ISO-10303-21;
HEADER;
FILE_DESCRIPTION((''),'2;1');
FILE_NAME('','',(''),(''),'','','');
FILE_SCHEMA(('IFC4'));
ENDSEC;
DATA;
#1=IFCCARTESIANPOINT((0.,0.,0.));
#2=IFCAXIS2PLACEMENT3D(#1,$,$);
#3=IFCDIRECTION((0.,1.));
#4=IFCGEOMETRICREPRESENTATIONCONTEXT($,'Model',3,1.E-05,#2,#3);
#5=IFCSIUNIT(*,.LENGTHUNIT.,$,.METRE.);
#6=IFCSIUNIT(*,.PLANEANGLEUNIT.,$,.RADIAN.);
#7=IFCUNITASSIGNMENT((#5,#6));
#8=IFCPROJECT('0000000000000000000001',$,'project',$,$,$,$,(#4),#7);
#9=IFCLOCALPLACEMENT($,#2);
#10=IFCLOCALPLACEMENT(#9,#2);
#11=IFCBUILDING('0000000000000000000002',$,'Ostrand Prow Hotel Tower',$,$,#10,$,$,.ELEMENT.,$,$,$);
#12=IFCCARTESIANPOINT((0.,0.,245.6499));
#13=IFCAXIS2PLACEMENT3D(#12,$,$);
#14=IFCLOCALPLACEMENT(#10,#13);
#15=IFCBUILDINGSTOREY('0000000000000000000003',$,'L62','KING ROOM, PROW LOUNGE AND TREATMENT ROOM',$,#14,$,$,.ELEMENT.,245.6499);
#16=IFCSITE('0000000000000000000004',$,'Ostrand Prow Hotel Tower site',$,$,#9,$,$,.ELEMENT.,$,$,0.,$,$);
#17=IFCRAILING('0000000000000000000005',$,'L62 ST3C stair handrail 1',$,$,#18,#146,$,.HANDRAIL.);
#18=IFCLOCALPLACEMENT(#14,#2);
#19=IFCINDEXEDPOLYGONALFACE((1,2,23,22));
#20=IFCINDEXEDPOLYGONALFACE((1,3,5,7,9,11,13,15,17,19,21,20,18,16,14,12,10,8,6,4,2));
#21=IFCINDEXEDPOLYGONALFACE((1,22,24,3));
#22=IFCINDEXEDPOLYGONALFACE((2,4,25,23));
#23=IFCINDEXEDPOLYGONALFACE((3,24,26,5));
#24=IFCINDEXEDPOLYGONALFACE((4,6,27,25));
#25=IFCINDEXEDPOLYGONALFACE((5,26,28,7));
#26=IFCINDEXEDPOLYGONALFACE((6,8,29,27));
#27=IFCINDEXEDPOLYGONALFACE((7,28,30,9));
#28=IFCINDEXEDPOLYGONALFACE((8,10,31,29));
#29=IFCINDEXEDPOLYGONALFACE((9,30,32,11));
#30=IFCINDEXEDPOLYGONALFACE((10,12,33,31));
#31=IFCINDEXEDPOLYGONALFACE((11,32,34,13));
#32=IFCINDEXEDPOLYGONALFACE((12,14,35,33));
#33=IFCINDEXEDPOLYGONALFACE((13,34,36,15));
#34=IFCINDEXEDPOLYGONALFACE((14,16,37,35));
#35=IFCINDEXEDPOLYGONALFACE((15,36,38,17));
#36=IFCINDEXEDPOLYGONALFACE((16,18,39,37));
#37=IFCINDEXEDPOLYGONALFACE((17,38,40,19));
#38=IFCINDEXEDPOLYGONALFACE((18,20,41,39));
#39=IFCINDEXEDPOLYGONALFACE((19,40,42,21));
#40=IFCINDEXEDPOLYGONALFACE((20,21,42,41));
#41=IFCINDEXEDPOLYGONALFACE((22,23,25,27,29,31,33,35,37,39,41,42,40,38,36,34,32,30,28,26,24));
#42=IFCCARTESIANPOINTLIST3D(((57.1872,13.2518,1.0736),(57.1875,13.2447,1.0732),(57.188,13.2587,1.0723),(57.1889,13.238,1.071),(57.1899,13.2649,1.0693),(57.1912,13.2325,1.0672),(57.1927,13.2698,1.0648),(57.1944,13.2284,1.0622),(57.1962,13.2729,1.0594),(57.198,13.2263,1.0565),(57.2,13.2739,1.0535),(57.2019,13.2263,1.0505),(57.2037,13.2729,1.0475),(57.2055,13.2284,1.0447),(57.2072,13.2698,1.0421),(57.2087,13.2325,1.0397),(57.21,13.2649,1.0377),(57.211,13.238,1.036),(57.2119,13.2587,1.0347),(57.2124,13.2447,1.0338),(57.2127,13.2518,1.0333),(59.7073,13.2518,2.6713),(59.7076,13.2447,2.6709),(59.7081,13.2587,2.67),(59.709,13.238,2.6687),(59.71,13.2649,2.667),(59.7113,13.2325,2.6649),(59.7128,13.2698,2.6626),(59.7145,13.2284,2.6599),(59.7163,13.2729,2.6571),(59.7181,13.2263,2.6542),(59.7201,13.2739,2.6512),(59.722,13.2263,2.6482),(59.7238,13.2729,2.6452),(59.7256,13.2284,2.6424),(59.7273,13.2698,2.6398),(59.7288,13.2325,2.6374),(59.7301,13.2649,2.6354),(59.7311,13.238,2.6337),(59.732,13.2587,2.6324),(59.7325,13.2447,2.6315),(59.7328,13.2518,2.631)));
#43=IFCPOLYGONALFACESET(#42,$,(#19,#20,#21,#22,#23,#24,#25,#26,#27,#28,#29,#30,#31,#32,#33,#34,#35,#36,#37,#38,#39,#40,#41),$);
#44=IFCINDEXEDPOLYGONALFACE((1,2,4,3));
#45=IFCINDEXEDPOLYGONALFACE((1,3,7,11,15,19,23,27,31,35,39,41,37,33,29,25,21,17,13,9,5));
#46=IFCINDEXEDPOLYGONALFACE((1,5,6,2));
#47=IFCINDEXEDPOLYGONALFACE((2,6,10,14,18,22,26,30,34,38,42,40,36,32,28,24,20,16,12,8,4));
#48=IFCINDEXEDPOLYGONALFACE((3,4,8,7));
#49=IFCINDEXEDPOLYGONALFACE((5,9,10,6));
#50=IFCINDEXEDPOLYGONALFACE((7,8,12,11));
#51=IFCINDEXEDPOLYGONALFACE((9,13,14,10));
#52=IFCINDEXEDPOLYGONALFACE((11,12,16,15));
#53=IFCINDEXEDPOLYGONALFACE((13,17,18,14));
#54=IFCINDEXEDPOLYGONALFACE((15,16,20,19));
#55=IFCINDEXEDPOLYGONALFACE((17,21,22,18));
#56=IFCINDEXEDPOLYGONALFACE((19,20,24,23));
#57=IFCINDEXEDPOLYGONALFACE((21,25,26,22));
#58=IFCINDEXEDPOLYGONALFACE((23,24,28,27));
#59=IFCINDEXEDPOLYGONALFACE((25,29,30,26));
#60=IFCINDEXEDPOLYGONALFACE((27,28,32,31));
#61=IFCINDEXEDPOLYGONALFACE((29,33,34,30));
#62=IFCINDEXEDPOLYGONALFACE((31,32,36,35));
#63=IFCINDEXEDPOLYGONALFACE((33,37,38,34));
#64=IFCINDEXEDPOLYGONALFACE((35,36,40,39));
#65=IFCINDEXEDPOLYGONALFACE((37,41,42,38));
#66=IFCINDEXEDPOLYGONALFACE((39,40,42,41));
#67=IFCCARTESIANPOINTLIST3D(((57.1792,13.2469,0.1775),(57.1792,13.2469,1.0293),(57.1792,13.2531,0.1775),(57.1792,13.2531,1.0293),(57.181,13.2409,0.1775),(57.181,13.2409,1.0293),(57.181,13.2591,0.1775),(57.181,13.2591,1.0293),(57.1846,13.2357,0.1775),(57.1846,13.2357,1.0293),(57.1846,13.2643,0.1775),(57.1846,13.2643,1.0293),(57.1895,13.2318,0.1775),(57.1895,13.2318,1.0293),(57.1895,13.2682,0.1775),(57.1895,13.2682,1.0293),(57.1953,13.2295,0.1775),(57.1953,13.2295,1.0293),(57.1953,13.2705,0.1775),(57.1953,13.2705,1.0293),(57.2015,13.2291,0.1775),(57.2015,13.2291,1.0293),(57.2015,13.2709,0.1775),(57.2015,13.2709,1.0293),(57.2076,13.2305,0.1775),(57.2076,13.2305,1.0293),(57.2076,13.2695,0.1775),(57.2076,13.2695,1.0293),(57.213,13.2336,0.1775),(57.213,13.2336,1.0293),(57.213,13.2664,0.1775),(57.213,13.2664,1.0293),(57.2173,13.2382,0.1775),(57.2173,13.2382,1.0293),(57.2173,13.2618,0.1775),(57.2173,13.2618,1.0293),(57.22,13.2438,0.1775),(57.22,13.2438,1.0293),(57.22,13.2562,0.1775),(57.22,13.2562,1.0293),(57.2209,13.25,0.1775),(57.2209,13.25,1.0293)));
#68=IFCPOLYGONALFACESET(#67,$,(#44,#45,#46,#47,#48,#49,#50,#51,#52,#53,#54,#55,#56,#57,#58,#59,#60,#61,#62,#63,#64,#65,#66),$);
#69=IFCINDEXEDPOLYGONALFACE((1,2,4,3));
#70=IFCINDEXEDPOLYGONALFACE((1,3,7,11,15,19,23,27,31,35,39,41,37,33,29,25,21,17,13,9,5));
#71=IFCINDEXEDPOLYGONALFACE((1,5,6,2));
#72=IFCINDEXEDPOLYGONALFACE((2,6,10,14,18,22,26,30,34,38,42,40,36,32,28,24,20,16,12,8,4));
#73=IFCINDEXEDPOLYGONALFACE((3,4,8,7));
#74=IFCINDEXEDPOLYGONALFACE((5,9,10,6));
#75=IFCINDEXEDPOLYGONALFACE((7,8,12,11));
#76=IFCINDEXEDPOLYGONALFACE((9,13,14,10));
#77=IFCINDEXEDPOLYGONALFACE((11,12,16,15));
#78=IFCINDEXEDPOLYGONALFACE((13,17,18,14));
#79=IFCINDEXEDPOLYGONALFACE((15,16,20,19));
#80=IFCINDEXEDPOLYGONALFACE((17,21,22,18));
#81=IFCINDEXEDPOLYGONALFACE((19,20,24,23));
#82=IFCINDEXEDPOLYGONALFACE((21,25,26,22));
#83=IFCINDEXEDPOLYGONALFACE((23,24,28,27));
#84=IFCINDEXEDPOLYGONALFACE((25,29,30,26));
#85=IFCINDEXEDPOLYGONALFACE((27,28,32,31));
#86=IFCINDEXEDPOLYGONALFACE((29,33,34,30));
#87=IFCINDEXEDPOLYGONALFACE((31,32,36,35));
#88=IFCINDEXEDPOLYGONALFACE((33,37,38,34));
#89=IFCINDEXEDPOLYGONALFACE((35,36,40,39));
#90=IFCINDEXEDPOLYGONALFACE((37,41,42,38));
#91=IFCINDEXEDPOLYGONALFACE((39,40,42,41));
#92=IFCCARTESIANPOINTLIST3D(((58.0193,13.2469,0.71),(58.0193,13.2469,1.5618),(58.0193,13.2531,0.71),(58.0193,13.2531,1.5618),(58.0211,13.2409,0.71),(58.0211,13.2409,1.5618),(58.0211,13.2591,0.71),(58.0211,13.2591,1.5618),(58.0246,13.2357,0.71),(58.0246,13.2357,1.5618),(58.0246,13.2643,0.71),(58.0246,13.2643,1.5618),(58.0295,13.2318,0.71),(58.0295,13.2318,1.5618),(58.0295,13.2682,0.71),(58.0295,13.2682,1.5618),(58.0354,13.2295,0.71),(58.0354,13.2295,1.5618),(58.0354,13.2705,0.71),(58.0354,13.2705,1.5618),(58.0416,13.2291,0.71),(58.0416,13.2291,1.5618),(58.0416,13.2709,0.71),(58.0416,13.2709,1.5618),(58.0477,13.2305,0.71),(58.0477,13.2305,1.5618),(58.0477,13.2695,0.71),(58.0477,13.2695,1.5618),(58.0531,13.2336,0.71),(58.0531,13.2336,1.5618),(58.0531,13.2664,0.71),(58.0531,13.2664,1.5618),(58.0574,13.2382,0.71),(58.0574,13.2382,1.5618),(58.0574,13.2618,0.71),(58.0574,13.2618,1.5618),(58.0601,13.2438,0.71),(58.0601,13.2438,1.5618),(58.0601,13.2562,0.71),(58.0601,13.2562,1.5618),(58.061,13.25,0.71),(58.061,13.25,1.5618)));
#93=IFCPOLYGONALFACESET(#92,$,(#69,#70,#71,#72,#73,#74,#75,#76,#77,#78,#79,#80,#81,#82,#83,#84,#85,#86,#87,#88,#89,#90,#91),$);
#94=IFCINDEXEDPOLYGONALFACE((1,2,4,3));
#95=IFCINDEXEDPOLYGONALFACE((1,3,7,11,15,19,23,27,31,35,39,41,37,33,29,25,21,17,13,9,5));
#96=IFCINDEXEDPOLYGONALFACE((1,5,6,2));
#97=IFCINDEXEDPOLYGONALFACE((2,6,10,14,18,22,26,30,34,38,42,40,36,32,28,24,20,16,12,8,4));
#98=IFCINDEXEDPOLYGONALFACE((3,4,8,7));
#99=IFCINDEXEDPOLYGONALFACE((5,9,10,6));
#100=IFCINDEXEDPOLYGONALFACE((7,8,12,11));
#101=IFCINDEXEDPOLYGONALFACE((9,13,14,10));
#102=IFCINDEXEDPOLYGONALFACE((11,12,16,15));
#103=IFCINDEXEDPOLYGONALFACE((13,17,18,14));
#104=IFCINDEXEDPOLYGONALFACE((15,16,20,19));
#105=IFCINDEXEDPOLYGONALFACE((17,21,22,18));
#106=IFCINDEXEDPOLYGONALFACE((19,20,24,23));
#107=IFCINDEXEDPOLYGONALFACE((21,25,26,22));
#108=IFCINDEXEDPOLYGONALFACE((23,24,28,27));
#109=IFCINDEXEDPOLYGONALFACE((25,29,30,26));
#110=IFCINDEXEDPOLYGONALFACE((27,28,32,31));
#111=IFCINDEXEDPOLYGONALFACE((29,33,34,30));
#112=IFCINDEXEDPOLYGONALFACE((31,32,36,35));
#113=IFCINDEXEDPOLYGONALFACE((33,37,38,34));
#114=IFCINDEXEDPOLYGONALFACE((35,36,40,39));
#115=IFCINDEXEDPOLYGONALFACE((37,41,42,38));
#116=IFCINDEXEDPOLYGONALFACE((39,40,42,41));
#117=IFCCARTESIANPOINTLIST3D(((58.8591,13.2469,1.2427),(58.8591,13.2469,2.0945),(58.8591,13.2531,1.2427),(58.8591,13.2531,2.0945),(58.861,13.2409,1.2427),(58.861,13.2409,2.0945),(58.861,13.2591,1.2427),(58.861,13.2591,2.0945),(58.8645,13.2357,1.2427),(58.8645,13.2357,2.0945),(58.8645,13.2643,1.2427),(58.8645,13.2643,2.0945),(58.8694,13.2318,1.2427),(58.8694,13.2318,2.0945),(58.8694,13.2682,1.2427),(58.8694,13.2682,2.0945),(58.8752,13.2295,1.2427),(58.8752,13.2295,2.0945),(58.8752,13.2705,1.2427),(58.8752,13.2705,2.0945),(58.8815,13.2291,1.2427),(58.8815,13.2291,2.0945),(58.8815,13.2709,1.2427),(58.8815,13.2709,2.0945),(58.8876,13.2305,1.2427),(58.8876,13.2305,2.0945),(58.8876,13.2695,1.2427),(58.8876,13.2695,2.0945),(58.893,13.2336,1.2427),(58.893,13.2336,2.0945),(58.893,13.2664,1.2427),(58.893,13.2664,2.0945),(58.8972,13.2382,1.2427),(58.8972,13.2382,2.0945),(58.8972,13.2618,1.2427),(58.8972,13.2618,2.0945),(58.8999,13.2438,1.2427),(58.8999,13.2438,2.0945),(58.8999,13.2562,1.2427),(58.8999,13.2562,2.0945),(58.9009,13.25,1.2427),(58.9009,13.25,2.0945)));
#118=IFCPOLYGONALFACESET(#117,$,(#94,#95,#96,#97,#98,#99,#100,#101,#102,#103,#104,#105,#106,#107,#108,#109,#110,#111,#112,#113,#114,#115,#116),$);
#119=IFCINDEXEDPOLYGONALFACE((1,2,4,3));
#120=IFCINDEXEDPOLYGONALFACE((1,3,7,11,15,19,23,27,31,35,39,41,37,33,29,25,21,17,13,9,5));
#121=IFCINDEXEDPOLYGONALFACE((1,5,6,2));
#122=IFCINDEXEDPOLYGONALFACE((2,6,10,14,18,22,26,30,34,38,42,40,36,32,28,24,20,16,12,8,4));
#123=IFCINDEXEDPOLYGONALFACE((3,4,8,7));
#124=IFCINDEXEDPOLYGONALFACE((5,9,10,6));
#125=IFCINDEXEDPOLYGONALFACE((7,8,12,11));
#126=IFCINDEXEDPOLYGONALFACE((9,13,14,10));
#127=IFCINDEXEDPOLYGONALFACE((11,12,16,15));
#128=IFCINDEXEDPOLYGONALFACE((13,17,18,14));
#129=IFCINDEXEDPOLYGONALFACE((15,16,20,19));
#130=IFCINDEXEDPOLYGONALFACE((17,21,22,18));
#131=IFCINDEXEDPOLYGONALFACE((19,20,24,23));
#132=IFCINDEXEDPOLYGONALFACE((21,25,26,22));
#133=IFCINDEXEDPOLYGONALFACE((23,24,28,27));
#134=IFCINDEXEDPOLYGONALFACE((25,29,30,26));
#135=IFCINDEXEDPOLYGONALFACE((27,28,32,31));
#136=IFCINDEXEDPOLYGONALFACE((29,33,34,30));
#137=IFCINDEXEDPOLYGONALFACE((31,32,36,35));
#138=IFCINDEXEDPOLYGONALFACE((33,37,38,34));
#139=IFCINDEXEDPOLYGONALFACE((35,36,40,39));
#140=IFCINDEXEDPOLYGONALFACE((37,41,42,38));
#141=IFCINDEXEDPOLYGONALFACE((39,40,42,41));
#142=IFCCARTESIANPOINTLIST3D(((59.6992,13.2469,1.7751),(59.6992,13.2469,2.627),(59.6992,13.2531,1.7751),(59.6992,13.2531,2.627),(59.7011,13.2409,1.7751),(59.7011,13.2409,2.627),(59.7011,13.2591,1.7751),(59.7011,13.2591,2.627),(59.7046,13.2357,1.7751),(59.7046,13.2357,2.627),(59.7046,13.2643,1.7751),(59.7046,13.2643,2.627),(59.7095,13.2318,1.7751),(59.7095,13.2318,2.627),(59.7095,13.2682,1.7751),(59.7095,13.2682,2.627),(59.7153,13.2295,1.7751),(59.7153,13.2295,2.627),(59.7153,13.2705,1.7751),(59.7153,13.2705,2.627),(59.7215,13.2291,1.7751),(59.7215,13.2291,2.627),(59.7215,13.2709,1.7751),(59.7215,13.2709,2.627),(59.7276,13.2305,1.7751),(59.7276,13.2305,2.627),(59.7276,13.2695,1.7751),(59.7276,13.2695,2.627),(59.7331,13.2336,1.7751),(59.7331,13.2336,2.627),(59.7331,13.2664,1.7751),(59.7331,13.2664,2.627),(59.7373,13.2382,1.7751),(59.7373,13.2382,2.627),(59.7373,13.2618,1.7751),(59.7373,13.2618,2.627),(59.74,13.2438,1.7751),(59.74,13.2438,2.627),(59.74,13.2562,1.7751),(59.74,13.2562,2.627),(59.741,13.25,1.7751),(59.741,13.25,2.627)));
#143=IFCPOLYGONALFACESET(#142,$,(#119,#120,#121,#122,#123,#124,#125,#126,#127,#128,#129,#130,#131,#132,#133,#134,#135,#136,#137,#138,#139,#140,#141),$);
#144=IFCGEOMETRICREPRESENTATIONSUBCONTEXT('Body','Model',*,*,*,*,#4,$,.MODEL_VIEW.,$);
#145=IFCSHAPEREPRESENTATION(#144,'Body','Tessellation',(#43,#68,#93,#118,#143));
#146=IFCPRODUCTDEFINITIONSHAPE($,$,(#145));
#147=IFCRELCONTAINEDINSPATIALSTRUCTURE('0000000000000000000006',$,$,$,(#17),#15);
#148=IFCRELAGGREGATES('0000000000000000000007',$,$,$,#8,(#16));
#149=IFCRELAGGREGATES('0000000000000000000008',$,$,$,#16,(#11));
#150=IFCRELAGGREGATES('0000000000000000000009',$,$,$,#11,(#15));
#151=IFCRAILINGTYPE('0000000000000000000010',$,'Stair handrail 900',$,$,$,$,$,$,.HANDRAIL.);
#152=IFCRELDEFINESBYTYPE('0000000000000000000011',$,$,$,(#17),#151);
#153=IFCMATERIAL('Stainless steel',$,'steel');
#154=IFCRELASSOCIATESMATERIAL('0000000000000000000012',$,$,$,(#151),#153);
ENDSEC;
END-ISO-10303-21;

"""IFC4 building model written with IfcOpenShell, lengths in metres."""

from ifc_helpers import new_model, si_unit, direction, frame, origin, origin_2d, place, context, subcontext, project, spatial, circle, extrude, material, type_object, element, save


model = new_model("IFC4")

# Units and contexts
model_context = context("Model", 3, precision=1e-05, world=origin(), true_north=direction((0.0, 1.0)))
body_context = subcontext(model_context, "Body", "Model", "MODEL_VIEW")
ifc_project = project(units=[si_unit("LENGTHUNIT", "METRE"), si_unit("PLANEANGLEUNIT", "RADIAN")], contexts=[model_context])

# Site, building, storey
site_placement = place(None, origin())
site = spatial("IfcSite", under=ifc_project, at=site_placement, Name="Ostrand Prow Hotel Tower site", CompositionType="ELEMENT", RefElevation=0.0)
building_placement = place(site_placement, origin())
building = spatial("IfcBuilding", under=site, at=building_placement, Name="Ostrand Prow Hotel Tower", CompositionType="ELEMENT")
storey_placement = place(building_placement, frame((0.0, 0.0, 245.6499)))
storey = spatial("IfcBuildingStorey", under=building, at=storey_placement, Name="L62", Description="KING ROOM, PROW LOUNGE AND TREATMENT ROOM", CompositionType="ELEMENT", Elevation=245.6499)

# Railing
ifc_material_1 = material(Name="Stainless steel", Category="steel")
railing_type_1 = type_object("IfcRailingType", Name="Stair handrail 900", PredefinedType="HANDRAIL", material=ifc_material_1)
railing_1_placement = place(storey_placement, frame((57.2, 13.25, 0.1775)))
element("IfcRailing", 1, at=railing_1_placement, inside=storey, type_object=railing_type_1, Name="L62 ST3C stair handrail 1", PredefinedType="HANDRAIL", context=body_context, shape_type="SweptSolid", body=[
    extrude(circle(Radius=0.0239, at=origin_2d()), frame((0.0, 0.0, 0.876), z_axis=(0.84457, 0.0, 0.535445), x_axis=(0.0, 1.0, 0.0)), (0.0, 0.0, 1.0), 2.9839),
    extrude(circle(Radius=0.021, at=origin_2d()), origin(), (0.0, 0.0, 1.0), 0.8518),
    extrude(circle(Radius=0.021, at=origin_2d()), frame((0.8401, 0.0, 0.5325)), (0.0, 0.0, 1.0), 0.8518),
    extrude(circle(Radius=0.021, at=origin_2d()), frame((1.6799, 0.0, 1.0652)), (0.0, 0.0, 1.0), 0.8518),
    extrude(circle(Radius=0.021, at=origin_2d()), frame((2.52, 0.0, 1.5977)), (0.0, 0.0, 1.0), 0.8518),
])

save(model, "model.ifc")
